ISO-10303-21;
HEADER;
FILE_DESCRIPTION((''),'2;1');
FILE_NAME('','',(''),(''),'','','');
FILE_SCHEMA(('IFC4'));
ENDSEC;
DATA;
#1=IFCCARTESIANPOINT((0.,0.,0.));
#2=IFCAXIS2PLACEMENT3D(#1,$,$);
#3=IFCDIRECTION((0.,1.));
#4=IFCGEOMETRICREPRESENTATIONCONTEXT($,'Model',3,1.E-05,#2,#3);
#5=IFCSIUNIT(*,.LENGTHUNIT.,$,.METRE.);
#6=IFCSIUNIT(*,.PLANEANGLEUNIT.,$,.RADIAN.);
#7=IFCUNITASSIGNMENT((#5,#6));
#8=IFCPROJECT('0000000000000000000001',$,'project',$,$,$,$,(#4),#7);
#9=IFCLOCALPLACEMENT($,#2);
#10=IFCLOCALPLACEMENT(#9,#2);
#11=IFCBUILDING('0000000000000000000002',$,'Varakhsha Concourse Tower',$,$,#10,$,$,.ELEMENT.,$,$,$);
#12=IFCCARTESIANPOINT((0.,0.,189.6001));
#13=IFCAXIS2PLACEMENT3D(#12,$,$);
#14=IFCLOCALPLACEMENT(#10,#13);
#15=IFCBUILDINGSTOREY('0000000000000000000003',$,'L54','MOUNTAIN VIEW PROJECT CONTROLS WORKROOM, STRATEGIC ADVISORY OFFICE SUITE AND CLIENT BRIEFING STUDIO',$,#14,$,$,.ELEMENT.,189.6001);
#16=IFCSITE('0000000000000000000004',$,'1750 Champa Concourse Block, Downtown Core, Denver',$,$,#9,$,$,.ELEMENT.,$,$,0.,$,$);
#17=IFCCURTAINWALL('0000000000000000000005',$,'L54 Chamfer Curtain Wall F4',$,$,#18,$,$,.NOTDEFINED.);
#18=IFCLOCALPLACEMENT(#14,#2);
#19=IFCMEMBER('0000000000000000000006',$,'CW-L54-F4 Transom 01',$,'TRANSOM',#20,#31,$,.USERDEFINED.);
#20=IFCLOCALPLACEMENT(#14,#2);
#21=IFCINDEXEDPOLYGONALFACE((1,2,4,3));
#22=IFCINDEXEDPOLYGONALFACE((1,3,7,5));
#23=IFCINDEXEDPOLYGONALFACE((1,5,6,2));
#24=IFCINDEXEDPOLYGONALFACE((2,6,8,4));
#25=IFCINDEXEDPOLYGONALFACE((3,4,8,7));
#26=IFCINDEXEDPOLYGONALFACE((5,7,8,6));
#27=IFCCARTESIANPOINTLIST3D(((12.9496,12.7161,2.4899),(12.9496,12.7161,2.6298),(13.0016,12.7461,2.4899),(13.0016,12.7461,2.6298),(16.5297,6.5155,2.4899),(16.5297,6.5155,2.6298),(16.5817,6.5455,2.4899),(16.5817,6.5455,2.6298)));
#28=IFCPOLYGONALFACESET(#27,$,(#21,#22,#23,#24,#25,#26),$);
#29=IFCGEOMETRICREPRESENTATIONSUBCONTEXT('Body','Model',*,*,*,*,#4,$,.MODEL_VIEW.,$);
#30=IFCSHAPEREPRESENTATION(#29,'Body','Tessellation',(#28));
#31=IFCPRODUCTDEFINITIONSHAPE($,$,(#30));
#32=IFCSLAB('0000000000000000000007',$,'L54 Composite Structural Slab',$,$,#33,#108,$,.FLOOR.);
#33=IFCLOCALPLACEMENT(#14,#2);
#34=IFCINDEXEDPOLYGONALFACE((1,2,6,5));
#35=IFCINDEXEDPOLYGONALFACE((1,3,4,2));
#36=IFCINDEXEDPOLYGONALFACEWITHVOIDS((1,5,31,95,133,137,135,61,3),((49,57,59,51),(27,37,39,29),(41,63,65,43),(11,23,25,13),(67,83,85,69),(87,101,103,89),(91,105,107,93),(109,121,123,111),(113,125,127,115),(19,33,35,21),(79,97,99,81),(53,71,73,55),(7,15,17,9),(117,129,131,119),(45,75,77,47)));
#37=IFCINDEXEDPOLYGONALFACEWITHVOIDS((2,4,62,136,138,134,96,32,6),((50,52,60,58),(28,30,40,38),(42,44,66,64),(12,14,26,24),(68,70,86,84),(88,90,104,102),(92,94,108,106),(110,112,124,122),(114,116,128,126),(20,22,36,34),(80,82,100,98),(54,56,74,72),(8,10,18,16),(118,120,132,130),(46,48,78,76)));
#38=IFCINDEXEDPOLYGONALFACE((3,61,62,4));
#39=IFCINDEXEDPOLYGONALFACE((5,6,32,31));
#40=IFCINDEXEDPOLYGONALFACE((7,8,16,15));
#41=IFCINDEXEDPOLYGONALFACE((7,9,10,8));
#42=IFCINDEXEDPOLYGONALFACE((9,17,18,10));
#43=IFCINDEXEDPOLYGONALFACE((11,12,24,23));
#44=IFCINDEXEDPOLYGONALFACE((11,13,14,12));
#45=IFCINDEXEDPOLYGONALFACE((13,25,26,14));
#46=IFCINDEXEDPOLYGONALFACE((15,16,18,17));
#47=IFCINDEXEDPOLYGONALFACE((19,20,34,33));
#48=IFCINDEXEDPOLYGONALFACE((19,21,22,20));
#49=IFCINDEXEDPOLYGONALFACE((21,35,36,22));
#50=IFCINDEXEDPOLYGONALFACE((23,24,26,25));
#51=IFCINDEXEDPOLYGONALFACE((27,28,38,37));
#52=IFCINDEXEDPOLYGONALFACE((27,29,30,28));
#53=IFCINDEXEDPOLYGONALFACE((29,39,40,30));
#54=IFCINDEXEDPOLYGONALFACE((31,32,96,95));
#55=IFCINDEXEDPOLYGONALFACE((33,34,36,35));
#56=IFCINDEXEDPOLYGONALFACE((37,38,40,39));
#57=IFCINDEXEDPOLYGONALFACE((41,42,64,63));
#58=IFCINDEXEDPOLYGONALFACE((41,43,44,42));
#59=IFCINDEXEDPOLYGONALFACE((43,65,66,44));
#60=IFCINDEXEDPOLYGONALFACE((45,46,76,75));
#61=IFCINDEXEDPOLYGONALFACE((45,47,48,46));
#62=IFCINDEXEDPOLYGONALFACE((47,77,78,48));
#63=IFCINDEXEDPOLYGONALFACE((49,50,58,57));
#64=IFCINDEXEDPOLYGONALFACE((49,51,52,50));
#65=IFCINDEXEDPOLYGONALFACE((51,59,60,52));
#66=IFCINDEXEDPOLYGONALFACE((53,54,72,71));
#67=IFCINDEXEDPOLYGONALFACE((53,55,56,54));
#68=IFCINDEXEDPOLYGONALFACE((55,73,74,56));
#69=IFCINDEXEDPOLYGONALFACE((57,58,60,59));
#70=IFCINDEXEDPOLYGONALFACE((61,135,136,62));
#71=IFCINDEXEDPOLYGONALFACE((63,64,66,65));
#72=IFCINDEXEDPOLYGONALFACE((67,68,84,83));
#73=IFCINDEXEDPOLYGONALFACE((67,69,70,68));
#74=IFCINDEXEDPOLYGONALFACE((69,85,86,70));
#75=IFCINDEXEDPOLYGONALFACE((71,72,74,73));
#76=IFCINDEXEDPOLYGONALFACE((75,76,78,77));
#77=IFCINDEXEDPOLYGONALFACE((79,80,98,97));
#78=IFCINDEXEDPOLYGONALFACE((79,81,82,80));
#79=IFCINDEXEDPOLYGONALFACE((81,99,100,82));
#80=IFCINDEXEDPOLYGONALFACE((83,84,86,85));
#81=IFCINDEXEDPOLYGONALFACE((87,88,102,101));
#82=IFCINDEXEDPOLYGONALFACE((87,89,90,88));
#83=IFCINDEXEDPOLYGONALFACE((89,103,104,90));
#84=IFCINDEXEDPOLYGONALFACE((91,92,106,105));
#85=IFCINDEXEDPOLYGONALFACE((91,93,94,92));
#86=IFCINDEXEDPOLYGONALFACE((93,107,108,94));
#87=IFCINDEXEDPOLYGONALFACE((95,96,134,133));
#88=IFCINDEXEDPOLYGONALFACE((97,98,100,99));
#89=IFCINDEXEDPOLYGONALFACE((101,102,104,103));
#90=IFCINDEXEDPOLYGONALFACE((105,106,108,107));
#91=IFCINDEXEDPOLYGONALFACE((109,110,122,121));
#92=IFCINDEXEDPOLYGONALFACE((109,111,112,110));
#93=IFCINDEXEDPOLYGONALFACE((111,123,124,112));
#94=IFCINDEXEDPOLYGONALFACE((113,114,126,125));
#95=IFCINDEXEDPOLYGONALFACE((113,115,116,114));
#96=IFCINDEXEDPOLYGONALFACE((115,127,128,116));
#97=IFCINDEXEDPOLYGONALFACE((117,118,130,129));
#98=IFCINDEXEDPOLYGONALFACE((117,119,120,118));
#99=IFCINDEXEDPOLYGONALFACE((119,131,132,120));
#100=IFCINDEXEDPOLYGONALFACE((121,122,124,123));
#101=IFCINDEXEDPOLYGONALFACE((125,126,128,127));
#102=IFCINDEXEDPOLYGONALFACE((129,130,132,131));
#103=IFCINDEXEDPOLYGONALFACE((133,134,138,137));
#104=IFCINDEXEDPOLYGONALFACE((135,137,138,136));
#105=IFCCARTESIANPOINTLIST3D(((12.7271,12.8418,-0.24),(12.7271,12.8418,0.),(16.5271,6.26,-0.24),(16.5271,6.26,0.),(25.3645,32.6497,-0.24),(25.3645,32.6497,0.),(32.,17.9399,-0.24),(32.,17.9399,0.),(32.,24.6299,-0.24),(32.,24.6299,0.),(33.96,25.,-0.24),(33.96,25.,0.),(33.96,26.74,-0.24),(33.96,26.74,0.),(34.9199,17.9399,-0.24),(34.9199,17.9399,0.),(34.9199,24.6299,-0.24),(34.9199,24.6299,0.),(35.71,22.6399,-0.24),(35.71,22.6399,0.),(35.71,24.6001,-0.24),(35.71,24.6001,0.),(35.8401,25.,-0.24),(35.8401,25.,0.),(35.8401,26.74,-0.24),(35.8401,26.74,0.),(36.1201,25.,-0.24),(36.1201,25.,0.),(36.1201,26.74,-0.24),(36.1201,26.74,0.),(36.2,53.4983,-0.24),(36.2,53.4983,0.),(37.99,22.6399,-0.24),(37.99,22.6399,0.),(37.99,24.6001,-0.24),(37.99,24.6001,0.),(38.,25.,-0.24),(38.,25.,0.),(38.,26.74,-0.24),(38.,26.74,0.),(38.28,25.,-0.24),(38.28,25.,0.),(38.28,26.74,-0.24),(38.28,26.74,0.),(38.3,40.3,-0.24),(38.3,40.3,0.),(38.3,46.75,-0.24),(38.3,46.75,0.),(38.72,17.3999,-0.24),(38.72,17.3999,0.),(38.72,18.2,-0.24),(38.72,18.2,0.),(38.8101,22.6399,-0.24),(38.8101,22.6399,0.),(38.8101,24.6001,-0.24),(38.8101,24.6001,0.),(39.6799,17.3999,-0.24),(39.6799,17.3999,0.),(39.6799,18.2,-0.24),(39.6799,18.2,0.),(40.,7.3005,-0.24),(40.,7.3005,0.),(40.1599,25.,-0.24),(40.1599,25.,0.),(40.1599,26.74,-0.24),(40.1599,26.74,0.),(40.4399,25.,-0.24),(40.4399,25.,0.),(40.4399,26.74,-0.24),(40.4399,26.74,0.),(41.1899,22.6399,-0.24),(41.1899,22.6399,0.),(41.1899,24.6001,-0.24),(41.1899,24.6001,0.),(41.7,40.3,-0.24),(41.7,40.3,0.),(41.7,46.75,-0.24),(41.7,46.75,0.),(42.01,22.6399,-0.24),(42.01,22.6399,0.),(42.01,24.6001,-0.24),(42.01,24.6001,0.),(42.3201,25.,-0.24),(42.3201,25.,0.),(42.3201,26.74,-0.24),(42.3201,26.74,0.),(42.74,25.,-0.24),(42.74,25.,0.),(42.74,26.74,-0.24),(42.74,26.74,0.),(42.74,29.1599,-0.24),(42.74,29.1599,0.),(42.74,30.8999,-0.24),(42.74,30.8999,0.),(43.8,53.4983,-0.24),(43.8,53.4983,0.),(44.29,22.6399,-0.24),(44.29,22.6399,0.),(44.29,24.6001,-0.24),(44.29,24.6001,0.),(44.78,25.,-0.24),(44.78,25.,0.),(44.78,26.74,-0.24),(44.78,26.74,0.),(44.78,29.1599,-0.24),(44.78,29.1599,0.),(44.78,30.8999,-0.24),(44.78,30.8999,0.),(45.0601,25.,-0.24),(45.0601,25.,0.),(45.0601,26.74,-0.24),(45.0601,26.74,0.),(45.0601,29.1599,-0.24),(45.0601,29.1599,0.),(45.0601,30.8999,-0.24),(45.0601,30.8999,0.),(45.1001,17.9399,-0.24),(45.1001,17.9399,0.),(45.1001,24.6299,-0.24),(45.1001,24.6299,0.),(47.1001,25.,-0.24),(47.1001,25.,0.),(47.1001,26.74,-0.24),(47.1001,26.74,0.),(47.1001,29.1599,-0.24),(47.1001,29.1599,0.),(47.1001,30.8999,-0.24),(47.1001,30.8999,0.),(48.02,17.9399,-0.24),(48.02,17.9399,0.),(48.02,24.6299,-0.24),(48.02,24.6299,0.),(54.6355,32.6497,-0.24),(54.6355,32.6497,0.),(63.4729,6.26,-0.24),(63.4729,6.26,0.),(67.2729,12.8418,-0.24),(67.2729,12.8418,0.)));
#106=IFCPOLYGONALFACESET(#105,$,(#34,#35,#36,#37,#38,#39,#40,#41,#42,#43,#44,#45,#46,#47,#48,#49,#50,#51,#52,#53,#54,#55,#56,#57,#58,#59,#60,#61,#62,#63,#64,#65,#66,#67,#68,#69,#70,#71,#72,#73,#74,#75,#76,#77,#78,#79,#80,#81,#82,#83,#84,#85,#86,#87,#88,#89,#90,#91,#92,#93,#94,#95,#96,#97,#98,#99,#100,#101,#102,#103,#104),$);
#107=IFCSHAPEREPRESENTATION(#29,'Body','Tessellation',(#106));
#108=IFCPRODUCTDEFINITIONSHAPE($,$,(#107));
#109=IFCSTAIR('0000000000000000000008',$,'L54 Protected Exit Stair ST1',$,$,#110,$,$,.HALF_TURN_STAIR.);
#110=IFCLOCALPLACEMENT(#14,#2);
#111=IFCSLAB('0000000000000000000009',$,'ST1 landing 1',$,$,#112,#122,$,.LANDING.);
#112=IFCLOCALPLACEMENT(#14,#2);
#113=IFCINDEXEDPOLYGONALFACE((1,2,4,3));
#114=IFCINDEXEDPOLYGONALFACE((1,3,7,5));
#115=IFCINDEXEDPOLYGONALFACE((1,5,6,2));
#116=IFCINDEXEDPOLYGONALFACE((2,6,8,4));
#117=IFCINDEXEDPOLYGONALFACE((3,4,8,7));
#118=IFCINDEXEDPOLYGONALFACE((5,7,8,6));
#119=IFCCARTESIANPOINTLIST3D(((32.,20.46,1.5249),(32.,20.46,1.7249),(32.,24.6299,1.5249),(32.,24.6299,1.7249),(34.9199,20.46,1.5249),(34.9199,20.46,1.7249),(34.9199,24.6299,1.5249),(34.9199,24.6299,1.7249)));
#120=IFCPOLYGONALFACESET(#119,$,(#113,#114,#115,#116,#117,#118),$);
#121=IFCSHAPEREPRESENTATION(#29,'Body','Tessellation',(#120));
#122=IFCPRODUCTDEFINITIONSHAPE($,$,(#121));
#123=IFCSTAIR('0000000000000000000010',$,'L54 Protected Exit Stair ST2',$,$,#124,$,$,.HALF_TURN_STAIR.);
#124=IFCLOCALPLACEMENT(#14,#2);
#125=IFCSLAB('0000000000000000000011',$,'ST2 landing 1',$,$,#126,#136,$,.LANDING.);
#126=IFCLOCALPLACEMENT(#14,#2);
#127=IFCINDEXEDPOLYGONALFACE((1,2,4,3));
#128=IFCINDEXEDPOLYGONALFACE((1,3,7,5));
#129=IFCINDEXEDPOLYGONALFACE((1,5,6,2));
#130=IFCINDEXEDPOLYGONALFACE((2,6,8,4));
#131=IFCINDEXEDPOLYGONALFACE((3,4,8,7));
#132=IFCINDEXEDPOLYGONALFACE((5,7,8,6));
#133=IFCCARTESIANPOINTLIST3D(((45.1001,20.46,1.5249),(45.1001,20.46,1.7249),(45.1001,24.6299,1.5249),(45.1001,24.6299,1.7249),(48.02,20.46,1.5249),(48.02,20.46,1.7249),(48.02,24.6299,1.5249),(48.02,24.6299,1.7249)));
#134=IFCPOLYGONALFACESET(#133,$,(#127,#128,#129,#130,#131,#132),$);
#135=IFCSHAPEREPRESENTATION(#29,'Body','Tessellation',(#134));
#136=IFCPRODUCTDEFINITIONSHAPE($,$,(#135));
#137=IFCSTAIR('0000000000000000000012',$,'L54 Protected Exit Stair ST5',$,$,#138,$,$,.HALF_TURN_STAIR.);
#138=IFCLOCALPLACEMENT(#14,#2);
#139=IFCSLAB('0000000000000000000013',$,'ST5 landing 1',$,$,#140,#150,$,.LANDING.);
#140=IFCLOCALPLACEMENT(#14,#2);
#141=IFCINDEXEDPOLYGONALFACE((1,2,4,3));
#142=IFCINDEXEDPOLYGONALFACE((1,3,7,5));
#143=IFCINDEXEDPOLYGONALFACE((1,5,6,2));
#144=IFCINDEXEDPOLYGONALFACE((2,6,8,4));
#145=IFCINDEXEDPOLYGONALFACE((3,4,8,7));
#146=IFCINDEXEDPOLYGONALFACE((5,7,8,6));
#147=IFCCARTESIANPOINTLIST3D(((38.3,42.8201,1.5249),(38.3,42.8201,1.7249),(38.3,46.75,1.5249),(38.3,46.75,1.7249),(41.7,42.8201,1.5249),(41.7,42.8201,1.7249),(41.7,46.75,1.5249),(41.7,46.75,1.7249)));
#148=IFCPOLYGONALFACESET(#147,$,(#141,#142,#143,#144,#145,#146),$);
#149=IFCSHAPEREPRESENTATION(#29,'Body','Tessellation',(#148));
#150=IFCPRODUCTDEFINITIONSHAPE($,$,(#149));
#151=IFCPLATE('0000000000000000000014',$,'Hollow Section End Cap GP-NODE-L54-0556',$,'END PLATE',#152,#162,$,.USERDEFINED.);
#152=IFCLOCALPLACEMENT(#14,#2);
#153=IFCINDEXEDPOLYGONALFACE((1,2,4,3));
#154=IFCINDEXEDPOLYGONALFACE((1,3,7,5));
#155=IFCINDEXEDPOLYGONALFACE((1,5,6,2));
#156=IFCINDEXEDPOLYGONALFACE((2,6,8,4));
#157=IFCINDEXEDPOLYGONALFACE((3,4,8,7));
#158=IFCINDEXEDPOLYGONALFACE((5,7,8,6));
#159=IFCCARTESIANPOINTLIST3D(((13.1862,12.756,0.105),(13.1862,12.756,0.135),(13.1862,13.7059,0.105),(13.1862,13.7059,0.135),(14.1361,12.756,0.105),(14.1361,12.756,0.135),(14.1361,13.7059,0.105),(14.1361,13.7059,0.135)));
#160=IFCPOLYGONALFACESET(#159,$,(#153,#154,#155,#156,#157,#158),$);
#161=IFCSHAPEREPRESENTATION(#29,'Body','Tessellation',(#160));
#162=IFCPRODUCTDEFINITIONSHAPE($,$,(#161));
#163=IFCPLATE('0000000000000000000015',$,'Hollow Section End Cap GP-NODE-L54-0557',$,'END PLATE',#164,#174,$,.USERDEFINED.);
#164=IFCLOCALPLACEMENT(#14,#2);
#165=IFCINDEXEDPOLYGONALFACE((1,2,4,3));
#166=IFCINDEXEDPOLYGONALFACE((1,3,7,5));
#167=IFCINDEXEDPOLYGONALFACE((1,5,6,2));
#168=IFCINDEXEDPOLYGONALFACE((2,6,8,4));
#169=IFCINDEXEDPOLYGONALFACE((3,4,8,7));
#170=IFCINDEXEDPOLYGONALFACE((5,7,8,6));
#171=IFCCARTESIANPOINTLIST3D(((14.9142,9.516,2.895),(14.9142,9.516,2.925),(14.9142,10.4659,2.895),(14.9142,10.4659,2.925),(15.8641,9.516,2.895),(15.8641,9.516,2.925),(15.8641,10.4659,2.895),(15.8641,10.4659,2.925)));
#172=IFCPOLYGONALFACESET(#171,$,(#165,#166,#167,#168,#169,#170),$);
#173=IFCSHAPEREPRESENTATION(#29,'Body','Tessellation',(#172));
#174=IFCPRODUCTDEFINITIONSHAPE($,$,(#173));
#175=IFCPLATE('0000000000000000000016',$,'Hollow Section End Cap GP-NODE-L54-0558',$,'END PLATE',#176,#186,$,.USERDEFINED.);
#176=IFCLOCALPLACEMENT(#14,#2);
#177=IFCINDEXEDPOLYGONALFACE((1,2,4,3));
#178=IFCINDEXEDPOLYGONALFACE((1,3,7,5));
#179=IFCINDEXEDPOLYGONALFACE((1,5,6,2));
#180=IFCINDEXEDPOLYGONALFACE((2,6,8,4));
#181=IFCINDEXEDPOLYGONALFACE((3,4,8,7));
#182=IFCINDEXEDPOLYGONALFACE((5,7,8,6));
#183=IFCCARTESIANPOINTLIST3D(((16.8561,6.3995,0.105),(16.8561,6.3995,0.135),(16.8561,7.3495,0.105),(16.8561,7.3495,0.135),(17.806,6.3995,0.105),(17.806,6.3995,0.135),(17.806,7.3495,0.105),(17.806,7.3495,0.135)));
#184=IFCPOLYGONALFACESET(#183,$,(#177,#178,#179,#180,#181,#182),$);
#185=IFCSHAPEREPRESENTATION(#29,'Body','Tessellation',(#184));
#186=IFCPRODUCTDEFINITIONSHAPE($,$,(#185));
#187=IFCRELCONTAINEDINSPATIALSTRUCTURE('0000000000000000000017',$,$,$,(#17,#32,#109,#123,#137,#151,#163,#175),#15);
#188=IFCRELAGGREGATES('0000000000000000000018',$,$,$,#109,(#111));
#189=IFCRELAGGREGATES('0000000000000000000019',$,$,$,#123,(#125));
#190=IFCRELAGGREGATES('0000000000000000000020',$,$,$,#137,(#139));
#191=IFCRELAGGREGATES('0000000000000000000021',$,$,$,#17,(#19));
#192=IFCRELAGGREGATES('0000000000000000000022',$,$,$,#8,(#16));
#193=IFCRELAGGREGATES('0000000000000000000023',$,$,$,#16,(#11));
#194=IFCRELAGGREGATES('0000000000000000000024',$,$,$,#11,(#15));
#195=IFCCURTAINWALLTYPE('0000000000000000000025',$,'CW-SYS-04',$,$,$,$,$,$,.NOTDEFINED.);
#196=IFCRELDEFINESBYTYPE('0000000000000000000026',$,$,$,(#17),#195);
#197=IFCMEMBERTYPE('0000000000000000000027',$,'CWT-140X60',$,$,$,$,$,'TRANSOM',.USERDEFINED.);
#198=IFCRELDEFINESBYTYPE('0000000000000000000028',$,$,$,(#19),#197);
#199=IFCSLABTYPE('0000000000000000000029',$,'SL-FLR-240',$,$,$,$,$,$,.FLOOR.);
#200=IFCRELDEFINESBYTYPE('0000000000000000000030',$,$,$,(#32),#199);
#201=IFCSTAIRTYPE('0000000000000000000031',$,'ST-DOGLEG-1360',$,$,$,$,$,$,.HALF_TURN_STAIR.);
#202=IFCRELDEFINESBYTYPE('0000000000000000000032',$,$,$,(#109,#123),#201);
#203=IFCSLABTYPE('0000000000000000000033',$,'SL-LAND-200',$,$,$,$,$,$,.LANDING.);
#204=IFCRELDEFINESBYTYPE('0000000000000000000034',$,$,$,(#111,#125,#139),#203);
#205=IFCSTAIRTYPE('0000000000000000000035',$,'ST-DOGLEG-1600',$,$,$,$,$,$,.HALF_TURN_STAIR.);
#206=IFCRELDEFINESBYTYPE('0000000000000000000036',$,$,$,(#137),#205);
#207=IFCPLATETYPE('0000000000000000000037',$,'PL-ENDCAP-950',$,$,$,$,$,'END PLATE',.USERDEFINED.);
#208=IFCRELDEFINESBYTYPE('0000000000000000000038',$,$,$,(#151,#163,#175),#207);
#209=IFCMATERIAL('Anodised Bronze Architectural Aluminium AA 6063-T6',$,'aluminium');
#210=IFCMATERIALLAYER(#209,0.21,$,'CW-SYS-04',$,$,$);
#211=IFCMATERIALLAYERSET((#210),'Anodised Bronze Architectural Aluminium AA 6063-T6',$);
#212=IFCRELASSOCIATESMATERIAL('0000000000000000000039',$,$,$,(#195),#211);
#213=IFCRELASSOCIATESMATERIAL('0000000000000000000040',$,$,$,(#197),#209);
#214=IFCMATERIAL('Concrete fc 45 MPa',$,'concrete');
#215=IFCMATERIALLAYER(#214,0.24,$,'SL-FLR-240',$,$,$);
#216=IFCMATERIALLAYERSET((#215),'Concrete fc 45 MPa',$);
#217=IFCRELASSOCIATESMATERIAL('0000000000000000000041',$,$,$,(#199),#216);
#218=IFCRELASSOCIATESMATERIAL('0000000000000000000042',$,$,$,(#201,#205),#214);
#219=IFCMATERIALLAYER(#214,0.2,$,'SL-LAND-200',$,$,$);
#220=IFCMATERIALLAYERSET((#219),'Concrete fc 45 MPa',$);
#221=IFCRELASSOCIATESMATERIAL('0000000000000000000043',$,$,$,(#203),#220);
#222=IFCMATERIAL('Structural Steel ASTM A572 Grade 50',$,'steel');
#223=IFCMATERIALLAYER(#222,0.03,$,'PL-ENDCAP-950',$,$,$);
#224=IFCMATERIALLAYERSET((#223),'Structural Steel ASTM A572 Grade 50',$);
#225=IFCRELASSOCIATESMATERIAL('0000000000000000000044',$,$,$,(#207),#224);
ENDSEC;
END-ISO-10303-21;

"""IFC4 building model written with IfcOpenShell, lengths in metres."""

from ifc_helpers import new_model, si_unit, direction, frame, origin, origin_2d, place, context, subcontext, project, spatial, polyline, rectangle, outline, extrude, source, transform, mapped, material, layer, layer_set, material_profile, profile_set, type_object, type_shapes, element, aggregate, save


model = new_model("IFC4")

# Units and contexts
model_context = context("Model", 3, precision=1e-05, world=origin(), true_north=direction((0.0, 1.0)))
body_context = subcontext(model_context, "Body", "Model", "MODEL_VIEW")
ifc_project = project(units=[si_unit("LENGTHUNIT", "METRE"), si_unit("PLANEANGLEUNIT", "RADIAN")], contexts=[model_context])

# Site, building, storey
site_placement = place(None, origin())
site = spatial("IfcSite", under=ifc_project, at=site_placement, Name="1750 Champa Concourse Block, Downtown Core, Denver", CompositionType="ELEMENT", RefElevation=0.0)
building_placement = place(site_placement, origin())
building = spatial("IfcBuilding", under=site, at=building_placement, Name="Varakhsha Concourse Tower", CompositionType="ELEMENT")
storey_placement = place(building_placement, frame((0.0, 0.0, 189.6001)))
storey = spatial("IfcBuildingStorey", under=building, at=storey_placement, Name="L54", Description="MOUNTAIN VIEW PROJECT CONTROLS WORKROOM, STRATEGIC ADVISORY OFFICE SUITE AND CLIENT BRIEFING STUDIO", CompositionType="ELEMENT", Elevation=189.6001)

# Shared definitions
ifc_material_1 = material(Name="Structural Steel ASTM A572 Grade 50", Category="steel")

# Curtain wall
ifc_material_2 = material(Name="Anodised Bronze Architectural Aluminium AA 6063-T6", Category="aluminium")
ifc_layer_1 = layer(ifc_material_2, 0.21, Name="CW-SYS-04")
ifc_layer_set_1 = layer_set([ifc_layer_1], Name="Anodised Bronze Architectural Aluminium AA 6063-T6")
curtain_wall_type = type_object("IfcCurtainWallType", Name="CW-SYS-04", PredefinedType="NOTDEFINED", material=ifc_layer_set_1)
curtain_wall_1_placement = place(storey_placement, origin())
curtain_wall_1 = element("IfcCurtainWall", 1, at=curtain_wall_1_placement, inside=storey, type_object=curtain_wall_type, Name="L54 Chamfer Curtain Wall F4", PredefinedType="NOTDEFINED")

# Member
ifc_material_profile_1 = material_profile(ifc_material_2, rectangle(XDim=0.0601, YDim=0.1399, at=origin_2d()), Name="CWT-140X60")
ifc_profile_set_1 = profile_set([ifc_material_profile_1], Name="Anodised Bronze Architectural Aluminium AA 6063-T6")
member_type_1 = type_object("IfcMemberType", Name="CWT-140X60", ElementType="TRANSOM", PredefinedType="USERDEFINED", material=ifc_profile_set_1)
shared_shape_1 = source(origin(), body_context, "Body", "SweptSolid", [
    extrude(rectangle(XDim=0.0601, YDim=0.1399, at=origin_2d()), origin(), (0.0, 0.0, 1.0), 7.1599),
])
member_1_placement = place(storey_placement, frame((16.5557, 6.5305, 2.5598), z_axis=(-0.500012, 0.866019, 0.0), x_axis=(-0.866019, -0.500012, 0.0)))
member_1 = element("IfcMember", 2, at=member_1_placement, type_object=member_type_1, Name="CW-L54-F4 Transom 01", ObjectType="TRANSOM", PredefinedType="USERDEFINED", context=body_context, shape_type="MappedRepresentation", body=[
    mapped(shared_shape_1, transform((0.0, 0.0, 0.0), scale=1.0)),
])

# Slab
ifc_material_3 = material(Name="Concrete fc 45 MPa", Category="concrete")
ifc_layer_2 = layer(ifc_material_3, 0.24, Name="SL-FLR-240")
ifc_layer_set_2 = layer_set([ifc_layer_2], Name="Concrete fc 45 MPa")
slab_type_1 = type_object("IfcSlabType", Name="SL-FLR-240", PredefinedType="FLOOR", material=ifc_layer_set_2)
slab_1_placement = place(storey_placement, frame((0.0, 0.0, -0.24)))
element("IfcSlab", 3, at=slab_1_placement, inside=storey, type_object=slab_type_1, Name="L54 Composite Structural Slab", PredefinedType="FLOOR", context=body_context, shape_type="SweptSolid", body=[
    extrude(outline(polyline([(43.8, 53.4983), (36.2, 53.4983), (25.3645, 32.6497), (12.7271, 12.8418), (16.5271, 6.26), (40.0, 7.3005), (63.4729, 6.26), (67.2729, 12.8418), (54.6355, 32.6497), (43.8, 53.4983)]), holes=[polyline([(34.9199, 17.9399), (34.9199, 24.6299), (32.0, 24.6299), (32.0, 17.9399), (34.9199, 17.9399)]), polyline([(48.02, 17.9399), (48.02, 24.6299), (45.1001, 24.6299), (45.1001, 17.9399), (48.02, 17.9399)]), polyline([(41.7, 40.3), (41.7, 46.75), (38.3, 46.75), (38.3, 40.3), (41.7, 40.3)]), polyline([(33.96, 25.0), (35.8401, 25.0), (35.8401, 26.74), (33.96, 26.74), (33.96, 25.0)]), polyline([(36.1201, 25.0), (38.0, 25.0), (38.0, 26.74), (36.1201, 26.74), (36.1201, 25.0)]), polyline([(38.28, 25.0), (40.1599, 25.0), (40.1599, 26.74), (38.28, 26.74), (38.28, 25.0)]), polyline([(40.4399, 25.0), (42.3201, 25.0), (42.3201, 26.74), (40.4399, 26.74), (40.4399, 25.0)]), polyline([(42.74, 29.1599), (44.78, 29.1599), (44.78, 30.8999), (42.74, 30.8999), (42.74, 29.1599)]), polyline([(45.0601, 29.1599), (47.1001, 29.1599), (47.1001, 30.8999), (45.0601, 30.8999), (45.0601, 29.1599)]), polyline([(42.74, 25.0), (44.78, 25.0), (44.78, 26.74), (42.74, 26.74), (42.74, 25.0)]), polyline([(45.0601, 25.0), (47.1001, 25.0), (47.1001, 26.74), (45.0601, 26.74), (45.0601, 25.0)]), polyline([(35.71, 22.6399), (37.99, 22.6399), (37.99, 24.6001), (35.71, 24.6001), (35.71, 22.6399)]), polyline([(42.01, 22.6399), (44.29, 22.6399), (44.29, 24.6001), (42.01, 24.6001), (42.01, 22.6399)]), polyline([(38.8101, 22.6399), (41.1899, 22.6399), (41.1899, 24.6001), (38.8101, 24.6001), (38.8101, 22.6399)]), polyline([(38.72, 17.3999), (39.6799, 17.3999), (39.6799, 18.2), (38.72, 18.2), (38.72, 17.3999)])]), origin(), (0.0, 0.0, 1.0), 0.24),
])

# Stairs, slabs
stair_type_1 = type_object("IfcStairType", Name="ST-DOGLEG-1360", PredefinedType="HALF_TURN_STAIR", material=ifc_material_3)
stair_1_placement = place(storey_placement, origin())
stair_1 = element("IfcStair", 4, at=stair_1_placement, inside=storey, type_object=stair_type_1, Name="L54 Protected Exit Stair ST1", PredefinedType="HALF_TURN_STAIR")
ifc_layer_3 = layer(ifc_material_3, 0.2, Name="SL-LAND-200")
ifc_layer_set_3 = layer_set([ifc_layer_3], Name="Concrete fc 45 MPa")
slab_type_2 = type_object("IfcSlabType", Name="SL-LAND-200", PredefinedType="LANDING", material=ifc_layer_set_3)
slab_2_placement = place(storey_placement, frame((0.0, 0.0, 1.5249)))
slab_2 = element("IfcSlab", 5, at=slab_2_placement, type_object=slab_type_2, Name="ST1 landing 1", PredefinedType="LANDING", context=body_context, shape_type="SweptSolid", body=[
    extrude(outline(polyline([(34.9199, 20.46), (34.9199, 24.6299), (32.0, 24.6299), (32.0, 20.46), (34.9199, 20.46)])), origin(), (0.0, 0.0, 1.0), 0.2),
])
aggregate(stair_1, [slab_2])
stair_2_placement = place(storey_placement, origin())
stair_2 = element("IfcStair", 6, at=stair_2_placement, inside=storey, type_object=stair_type_1, Name="L54 Protected Exit Stair ST2", PredefinedType="HALF_TURN_STAIR")
slab_3_placement = place(storey_placement, frame((0.0, 0.0, 1.5249)))
slab_3 = element("IfcSlab", 7, at=slab_3_placement, type_object=slab_type_2, Name="ST2 landing 1", PredefinedType="LANDING", context=body_context, shape_type="SweptSolid", body=[
    extrude(outline(polyline([(48.02, 20.46), (48.02, 24.6299), (45.1001, 24.6299), (45.1001, 20.46), (48.02, 20.46)])), origin(), (0.0, 0.0, 1.0), 0.2),
])
aggregate(stair_2, [slab_3])
stair_type_2 = type_object("IfcStairType", Name="ST-DOGLEG-1600", PredefinedType="HALF_TURN_STAIR", material=ifc_material_3)
stair_3_placement = place(storey_placement, origin())
stair_3 = element("IfcStair", 8, at=stair_3_placement, inside=storey, type_object=stair_type_2, Name="L54 Protected Exit Stair ST5", PredefinedType="HALF_TURN_STAIR")
slab_4_placement = place(storey_placement, frame((0.0, 0.0, 1.5249)))
slab_4 = element("IfcSlab", 9, at=slab_4_placement, type_object=slab_type_2, Name="ST5 landing 1", PredefinedType="LANDING", context=body_context, shape_type="SweptSolid", body=[
    extrude(outline(polyline([(41.7, 42.8201), (41.7, 46.75), (38.3, 46.75), (38.3, 42.8201), (41.7, 42.8201)])), origin(), (0.0, 0.0, 1.0), 0.2),
])
aggregate(stair_3, [slab_4])

# Plates
ifc_layer_4 = layer(ifc_material_1, 0.03, Name="PL-ENDCAP-950")
ifc_layer_set_4 = layer_set([ifc_layer_4], Name="Structural Steel ASTM A572 Grade 50")
plate_type_1 = type_object("IfcPlateType", Name="PL-ENDCAP-950", ElementType="END PLATE", PredefinedType="USERDEFINED", material=ifc_layer_set_4)
shared_shape_2 = source(origin(), body_context, "Body", "SweptSolid", [
    extrude(rectangle(XDim=0.95, YDim=0.95, at=origin_2d()), origin(), (0.0, 0.0, 1.0), 0.03),
])
type_shapes(plate_type_1, [shared_shape_2])
for number, where, z_axis, x_axis, name in (
    (10, (13.6611, 13.231, 0.105), (0.0, 0.0, 1.0), (1.0, 0.0, 0.0), "Hollow Section End Cap GP-NODE-L54-0556"),
    (11, (15.3892, 9.991, 2.895), (0.0, 0.0, 1.0), (1.0, 0.0, 0.0), "Hollow Section End Cap GP-NODE-L54-0557"),
    (12, (17.3311, 6.8745, 0.105), (0.0, 0.0, 1.0), (1.0, 0.0, 0.0), "Hollow Section End Cap GP-NODE-L54-0558"),
):
    element("IfcPlate", number, at=place(storey_placement, frame(where, z_axis=z_axis, x_axis=x_axis)), inside=storey, type_object=plate_type_1, Name=name, ObjectType="END PLATE", PredefinedType="USERDEFINED", context=body_context, shape_type="MappedRepresentation", body=[
        mapped(shared_shape_2, transform((0.0, 0.0, 0.0), scale=1.0)),
    ])

aggregate(curtain_wall_1, [member_1])

save(model, "model.ifc")
